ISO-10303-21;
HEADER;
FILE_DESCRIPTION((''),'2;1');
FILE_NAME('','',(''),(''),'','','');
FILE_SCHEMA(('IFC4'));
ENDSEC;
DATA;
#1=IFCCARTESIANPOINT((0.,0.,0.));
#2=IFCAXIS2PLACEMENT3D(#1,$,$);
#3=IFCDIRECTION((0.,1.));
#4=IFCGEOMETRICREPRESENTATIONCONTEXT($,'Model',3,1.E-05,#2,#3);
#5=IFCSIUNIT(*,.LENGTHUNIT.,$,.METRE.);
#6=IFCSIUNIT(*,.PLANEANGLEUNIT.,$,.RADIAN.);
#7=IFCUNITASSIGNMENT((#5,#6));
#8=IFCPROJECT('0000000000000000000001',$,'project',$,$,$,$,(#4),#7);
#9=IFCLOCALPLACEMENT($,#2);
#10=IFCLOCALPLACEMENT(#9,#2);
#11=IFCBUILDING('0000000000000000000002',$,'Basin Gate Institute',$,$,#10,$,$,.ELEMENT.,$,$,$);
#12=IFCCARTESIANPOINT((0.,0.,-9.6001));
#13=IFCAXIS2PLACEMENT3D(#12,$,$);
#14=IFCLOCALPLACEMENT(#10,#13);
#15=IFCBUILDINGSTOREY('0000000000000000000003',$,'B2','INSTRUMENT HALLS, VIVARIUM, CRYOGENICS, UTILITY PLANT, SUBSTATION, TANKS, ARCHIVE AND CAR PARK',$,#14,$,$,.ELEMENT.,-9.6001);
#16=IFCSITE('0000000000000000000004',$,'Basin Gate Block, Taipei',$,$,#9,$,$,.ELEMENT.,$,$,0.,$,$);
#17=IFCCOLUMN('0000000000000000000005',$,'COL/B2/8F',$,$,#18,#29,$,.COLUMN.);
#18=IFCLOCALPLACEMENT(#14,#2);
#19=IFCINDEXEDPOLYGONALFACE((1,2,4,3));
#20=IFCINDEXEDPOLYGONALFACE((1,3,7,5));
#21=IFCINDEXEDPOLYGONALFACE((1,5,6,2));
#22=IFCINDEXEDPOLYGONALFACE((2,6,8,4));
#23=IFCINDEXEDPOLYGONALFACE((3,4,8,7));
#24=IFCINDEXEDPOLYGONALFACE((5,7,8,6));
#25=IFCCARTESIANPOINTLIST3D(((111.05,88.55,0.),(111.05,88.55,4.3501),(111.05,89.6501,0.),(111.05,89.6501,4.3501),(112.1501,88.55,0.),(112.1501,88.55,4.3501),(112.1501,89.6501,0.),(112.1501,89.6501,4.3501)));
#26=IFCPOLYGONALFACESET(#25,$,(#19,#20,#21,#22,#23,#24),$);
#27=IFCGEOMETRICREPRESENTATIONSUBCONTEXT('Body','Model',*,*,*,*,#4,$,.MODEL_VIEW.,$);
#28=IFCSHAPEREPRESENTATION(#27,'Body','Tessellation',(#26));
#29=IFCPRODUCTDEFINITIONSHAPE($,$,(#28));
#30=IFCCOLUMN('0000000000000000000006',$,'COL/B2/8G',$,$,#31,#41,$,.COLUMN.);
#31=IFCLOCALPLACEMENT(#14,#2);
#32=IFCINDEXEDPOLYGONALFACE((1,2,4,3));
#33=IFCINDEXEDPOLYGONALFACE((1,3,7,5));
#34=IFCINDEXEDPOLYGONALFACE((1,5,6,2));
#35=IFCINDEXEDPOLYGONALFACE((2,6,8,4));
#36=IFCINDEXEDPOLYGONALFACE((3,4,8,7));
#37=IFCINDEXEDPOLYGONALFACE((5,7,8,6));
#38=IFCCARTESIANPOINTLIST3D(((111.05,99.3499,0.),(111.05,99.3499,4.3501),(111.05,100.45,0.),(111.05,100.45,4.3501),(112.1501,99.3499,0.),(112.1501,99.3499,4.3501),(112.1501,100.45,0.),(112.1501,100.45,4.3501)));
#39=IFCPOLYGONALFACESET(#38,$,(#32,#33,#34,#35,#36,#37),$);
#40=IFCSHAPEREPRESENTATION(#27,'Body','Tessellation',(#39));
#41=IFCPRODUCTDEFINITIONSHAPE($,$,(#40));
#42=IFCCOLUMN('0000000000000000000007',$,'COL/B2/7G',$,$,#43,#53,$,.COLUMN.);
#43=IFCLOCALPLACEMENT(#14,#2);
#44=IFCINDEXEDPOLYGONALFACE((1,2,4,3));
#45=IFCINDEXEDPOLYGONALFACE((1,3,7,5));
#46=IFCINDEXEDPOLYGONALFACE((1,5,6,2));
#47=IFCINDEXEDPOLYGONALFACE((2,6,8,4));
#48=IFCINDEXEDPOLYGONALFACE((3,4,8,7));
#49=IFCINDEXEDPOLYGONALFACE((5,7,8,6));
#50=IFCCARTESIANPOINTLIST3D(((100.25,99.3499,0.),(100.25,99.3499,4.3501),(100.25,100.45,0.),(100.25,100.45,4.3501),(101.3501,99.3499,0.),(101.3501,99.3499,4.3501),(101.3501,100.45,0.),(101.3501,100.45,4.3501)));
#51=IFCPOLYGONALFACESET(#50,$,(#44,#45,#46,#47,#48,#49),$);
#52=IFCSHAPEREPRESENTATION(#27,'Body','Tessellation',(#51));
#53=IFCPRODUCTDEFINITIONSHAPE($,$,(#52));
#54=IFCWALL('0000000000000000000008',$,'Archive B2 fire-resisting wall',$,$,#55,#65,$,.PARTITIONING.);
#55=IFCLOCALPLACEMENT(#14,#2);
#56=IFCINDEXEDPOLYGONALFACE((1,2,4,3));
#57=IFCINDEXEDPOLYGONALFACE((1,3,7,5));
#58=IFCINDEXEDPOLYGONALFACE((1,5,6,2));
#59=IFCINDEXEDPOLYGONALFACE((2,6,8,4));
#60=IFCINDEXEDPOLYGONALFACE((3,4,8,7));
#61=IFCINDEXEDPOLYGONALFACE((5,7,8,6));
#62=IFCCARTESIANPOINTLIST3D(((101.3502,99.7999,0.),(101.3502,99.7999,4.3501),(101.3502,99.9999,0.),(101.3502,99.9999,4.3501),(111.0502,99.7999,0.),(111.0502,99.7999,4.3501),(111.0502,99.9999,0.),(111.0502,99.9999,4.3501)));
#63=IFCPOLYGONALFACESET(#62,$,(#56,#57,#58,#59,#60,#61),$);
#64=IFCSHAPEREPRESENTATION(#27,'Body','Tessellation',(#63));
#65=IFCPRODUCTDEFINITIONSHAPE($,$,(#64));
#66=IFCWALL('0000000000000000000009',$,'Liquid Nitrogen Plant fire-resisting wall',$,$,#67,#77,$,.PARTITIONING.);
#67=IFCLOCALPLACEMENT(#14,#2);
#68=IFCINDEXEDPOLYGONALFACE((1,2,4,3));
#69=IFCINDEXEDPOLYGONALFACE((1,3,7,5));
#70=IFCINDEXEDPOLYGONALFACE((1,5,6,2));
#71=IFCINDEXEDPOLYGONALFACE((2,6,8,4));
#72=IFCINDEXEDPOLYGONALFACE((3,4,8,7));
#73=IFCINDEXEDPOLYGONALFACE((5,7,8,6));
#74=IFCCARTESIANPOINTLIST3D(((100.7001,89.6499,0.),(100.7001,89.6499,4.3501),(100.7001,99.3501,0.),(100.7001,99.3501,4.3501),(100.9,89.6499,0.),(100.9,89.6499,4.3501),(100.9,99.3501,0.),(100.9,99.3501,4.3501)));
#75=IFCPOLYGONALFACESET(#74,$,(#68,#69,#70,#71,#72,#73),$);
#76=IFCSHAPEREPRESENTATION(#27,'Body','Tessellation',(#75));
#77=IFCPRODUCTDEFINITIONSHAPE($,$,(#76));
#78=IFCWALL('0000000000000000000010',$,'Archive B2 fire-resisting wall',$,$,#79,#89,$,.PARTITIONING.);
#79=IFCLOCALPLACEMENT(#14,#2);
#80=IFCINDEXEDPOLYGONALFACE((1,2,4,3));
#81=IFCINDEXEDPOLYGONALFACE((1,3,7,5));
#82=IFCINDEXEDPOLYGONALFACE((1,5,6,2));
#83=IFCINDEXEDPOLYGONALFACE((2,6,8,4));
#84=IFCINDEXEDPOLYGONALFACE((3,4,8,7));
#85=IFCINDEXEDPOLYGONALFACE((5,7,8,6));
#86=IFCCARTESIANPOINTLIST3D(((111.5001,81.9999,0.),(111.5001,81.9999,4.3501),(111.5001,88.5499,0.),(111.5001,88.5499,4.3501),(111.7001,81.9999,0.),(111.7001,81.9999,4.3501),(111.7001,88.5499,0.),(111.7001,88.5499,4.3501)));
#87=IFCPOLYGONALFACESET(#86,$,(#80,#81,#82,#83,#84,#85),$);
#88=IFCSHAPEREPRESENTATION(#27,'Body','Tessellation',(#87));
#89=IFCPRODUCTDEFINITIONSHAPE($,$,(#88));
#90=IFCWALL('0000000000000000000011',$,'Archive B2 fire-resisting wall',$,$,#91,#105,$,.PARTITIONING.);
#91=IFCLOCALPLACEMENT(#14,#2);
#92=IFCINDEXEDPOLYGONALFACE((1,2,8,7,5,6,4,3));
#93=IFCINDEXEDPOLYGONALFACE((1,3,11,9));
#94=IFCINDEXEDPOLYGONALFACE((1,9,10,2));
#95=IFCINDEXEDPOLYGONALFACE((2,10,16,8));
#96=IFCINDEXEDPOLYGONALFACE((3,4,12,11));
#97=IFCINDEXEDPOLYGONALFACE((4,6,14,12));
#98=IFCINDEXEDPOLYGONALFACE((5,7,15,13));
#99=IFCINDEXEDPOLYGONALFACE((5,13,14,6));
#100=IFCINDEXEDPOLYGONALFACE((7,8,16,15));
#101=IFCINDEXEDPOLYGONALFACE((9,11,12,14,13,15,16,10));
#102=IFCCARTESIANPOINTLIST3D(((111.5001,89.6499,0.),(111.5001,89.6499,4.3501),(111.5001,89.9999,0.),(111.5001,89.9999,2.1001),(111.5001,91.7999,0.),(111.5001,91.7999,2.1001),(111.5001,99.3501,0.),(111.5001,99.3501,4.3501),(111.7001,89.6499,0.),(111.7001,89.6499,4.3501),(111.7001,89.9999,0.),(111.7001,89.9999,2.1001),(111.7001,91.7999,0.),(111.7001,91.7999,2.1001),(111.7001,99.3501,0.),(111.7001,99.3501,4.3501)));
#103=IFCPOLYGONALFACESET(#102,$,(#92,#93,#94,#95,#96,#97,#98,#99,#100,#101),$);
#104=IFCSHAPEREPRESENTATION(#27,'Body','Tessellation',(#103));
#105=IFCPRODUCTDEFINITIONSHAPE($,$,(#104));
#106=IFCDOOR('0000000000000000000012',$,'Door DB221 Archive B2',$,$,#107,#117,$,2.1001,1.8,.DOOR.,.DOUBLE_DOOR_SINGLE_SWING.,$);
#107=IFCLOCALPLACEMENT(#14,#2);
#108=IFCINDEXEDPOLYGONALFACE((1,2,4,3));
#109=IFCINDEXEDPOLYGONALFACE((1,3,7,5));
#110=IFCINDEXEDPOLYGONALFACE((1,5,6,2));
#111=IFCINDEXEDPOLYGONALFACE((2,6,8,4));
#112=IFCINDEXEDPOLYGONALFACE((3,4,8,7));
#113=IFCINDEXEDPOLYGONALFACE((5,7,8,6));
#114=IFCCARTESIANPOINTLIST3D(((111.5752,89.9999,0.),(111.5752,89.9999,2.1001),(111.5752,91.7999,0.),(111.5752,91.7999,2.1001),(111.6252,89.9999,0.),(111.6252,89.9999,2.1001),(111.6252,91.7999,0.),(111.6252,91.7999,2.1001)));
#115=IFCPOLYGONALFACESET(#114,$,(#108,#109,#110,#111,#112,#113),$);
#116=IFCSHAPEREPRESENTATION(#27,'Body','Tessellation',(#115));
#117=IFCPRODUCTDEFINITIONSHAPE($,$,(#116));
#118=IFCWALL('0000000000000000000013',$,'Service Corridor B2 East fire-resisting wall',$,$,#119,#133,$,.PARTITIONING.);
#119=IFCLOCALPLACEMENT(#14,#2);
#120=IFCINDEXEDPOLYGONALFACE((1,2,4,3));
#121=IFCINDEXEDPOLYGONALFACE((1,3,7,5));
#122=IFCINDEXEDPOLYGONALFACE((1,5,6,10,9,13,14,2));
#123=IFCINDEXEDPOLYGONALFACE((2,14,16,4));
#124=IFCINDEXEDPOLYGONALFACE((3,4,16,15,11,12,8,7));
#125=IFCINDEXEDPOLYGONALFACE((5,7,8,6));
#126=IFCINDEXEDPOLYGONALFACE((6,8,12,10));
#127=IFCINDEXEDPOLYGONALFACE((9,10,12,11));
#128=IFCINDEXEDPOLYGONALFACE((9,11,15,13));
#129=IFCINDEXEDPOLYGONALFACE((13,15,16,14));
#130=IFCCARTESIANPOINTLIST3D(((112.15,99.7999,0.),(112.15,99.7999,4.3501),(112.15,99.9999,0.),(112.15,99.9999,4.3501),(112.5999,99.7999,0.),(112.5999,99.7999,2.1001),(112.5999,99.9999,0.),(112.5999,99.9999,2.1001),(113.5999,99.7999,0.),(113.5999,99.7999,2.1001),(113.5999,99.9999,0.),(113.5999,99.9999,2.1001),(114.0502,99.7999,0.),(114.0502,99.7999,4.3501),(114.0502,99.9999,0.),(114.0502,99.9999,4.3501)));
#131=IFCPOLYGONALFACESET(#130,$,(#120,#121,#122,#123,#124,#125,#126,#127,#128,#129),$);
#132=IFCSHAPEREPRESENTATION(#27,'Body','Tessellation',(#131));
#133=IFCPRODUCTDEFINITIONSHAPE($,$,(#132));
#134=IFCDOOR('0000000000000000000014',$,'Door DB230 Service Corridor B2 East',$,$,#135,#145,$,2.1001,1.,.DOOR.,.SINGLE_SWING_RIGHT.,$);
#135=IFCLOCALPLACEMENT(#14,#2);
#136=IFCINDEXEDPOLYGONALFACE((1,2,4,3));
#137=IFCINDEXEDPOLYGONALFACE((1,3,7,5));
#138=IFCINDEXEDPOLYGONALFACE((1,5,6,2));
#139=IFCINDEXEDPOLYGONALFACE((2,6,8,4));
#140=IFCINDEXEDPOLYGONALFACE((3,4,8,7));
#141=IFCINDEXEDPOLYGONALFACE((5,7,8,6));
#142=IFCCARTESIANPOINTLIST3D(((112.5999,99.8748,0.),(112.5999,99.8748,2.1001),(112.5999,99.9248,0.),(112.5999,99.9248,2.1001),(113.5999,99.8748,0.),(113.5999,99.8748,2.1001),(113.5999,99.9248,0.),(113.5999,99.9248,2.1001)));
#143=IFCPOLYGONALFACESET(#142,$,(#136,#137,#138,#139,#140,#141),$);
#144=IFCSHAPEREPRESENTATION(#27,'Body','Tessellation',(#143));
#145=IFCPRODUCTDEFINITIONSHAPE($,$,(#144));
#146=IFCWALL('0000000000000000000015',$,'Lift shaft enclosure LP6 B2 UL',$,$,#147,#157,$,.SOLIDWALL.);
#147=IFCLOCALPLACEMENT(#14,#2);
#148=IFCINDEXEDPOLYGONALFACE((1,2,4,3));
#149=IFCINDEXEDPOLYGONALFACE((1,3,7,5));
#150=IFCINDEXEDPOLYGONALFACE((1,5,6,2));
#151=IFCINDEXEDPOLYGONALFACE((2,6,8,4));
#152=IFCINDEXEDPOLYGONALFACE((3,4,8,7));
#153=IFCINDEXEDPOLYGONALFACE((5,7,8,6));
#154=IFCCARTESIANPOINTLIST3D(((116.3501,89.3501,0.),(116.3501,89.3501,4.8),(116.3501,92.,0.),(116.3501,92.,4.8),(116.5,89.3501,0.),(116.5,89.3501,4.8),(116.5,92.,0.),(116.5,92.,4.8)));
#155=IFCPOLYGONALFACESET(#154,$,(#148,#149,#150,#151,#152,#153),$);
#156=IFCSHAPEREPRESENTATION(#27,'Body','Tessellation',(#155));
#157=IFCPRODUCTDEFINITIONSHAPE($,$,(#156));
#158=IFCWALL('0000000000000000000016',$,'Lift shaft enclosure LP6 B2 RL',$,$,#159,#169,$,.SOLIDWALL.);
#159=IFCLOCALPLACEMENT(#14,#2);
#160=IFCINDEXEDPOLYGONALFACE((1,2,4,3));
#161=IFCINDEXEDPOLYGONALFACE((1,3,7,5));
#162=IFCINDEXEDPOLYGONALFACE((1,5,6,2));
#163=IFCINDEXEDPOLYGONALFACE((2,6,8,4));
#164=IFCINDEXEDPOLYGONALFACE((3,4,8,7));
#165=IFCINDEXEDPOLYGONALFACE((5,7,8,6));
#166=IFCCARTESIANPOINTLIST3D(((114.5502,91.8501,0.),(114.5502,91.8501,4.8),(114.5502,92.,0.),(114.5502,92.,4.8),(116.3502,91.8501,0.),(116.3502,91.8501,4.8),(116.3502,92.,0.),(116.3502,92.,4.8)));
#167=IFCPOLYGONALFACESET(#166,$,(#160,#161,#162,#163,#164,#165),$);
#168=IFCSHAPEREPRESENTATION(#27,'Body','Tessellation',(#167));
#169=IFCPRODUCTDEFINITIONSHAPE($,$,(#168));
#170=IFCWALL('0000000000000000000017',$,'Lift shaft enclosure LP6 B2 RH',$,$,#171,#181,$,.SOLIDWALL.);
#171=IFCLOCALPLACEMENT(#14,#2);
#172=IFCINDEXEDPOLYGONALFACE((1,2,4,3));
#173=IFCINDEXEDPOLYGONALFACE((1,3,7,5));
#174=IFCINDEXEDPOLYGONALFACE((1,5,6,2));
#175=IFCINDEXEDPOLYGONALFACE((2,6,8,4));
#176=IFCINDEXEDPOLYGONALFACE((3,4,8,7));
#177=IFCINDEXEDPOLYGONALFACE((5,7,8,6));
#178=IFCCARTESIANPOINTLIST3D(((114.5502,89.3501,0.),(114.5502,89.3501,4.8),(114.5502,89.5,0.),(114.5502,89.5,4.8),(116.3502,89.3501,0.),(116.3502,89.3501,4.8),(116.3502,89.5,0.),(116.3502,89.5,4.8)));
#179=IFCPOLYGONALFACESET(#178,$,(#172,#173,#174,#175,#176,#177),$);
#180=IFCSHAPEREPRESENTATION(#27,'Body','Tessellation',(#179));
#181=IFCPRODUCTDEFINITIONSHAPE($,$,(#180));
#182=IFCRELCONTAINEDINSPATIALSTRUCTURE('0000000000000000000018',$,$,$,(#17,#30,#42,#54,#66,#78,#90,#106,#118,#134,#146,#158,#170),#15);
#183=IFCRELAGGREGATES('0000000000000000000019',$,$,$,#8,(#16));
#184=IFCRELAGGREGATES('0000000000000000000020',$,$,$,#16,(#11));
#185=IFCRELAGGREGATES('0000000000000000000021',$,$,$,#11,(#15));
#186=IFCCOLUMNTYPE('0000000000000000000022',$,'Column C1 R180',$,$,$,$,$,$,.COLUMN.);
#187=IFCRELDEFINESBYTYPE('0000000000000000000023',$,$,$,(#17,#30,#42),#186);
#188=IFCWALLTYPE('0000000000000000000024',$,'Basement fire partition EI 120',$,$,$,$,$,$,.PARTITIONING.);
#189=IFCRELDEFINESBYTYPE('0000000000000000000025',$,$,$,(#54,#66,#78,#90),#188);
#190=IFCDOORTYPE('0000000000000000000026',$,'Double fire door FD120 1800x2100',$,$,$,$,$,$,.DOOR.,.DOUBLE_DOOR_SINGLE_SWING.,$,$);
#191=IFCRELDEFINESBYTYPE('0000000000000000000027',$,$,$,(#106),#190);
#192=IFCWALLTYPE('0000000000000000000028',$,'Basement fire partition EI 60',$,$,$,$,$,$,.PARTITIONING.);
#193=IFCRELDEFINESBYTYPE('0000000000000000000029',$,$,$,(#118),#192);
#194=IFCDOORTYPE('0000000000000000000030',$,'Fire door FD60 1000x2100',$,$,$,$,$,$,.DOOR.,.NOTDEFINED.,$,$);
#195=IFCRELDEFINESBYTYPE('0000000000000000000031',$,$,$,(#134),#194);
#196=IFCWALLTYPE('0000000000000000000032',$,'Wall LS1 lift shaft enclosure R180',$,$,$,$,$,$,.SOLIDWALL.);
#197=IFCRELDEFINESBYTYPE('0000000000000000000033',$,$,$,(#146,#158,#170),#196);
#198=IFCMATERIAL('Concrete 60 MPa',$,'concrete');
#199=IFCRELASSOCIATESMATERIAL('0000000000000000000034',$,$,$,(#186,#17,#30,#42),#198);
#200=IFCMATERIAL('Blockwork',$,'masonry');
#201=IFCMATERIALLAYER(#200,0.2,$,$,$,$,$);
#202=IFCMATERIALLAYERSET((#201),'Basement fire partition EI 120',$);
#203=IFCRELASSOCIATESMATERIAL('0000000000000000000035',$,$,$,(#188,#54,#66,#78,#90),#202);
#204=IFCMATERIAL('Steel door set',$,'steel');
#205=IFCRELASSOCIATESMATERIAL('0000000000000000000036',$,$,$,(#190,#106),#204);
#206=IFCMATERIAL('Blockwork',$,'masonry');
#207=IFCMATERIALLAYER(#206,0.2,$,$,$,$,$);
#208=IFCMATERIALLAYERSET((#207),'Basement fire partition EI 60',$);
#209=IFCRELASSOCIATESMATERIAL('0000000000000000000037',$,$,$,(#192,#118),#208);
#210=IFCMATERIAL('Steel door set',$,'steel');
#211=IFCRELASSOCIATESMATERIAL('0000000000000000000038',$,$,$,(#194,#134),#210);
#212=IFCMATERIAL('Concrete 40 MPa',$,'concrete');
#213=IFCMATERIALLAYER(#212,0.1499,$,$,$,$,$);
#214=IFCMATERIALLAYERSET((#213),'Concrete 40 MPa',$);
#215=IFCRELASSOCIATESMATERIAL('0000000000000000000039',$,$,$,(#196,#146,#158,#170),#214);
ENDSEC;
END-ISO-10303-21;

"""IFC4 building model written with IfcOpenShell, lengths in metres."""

from ifc_helpers import new_model, si_unit, direction, frame, frame_2d, origin, origin_2d, place, context, subcontext, project, spatial, rectangle, extrude, material, layer, layer_set, material_profile, profile_set, type_object, element, fill, save


model = new_model("IFC4")

# Units and contexts
model_context = context("Model", 3, precision=1e-05, world=origin(), true_north=direction((0.0, 1.0)))
body_context = subcontext(model_context, "Body", "Model", "MODEL_VIEW")
ifc_project = project(units=[si_unit("LENGTHUNIT", "METRE"), si_unit("PLANEANGLEUNIT", "RADIAN")], contexts=[model_context])

# Site, building, storey
site_placement = place(None, origin())
site = spatial("IfcSite", under=ifc_project, at=site_placement, Name="Basin Gate Block, Taipei", CompositionType="ELEMENT", RefElevation=0.0)
building_placement = place(site_placement, origin())
building = spatial("IfcBuilding", under=site, at=building_placement, Name="Basin Gate Institute", CompositionType="ELEMENT")
storey_placement = place(building_placement, frame((0.0, 0.0, -9.6001)))
storey = spatial("IfcBuildingStorey", under=building, at=storey_placement, Name="B2", Description="INSTRUMENT HALLS, VIVARIUM, CRYOGENICS, UTILITY PLANT, SUBSTATION, TANKS, ARCHIVE AND CAR PARK", CompositionType="ELEMENT", Elevation=-9.6001)

# Columns
ifc_material_1 = material(Name="Concrete 60 MPa", Category="concrete")
ifc_material_profile_1 = material_profile(ifc_material_1, rectangle(XDim=1.1001, YDim=1.1001, at=origin_2d()), Name="Column C1 1100 x 1100")
ifc_profile_set_1 = profile_set([ifc_material_profile_1], Name="Concrete 60 MPa")
column_type = type_object("IfcColumnType", Name="Column C1 R180", PredefinedType="COLUMN", material=ifc_profile_set_1)
for number, where, z_axis, x_axis, name in (
    (1, (111.6001, 89.1001, 0.0), (0.0, 0.0, 1.0), (1.0, 0.0, 0.0), "COL/B2/8F"),
    (2, (111.6001, 99.8999, 0.0), (0.0, 0.0, 1.0), (1.0, 0.0, 0.0), "COL/B2/8G"),
    (3, (100.8, 99.8999, 0.0), (0.0, 0.0, 1.0), (1.0, 0.0, 0.0), "COL/B2/7G"),
):
    element("IfcColumn", number, at=place(storey_placement, frame(where, z_axis=z_axis, x_axis=x_axis)), inside=storey, type_object=column_type, material=ifc_profile_set_1, Name=name, PredefinedType="COLUMN", context=body_context, shape_type="SweptSolid", body=[
        extrude(rectangle(XDim=1.1001, YDim=1.1001, at=origin_2d()), origin(), (0.0, 0.0, 1.0), 4.3501),
    ])

# Walls
ifc_material_2 = material(Name="Blockwork", Category="masonry")
ifc_layer_1 = layer(ifc_material_2, 0.2)
ifc_layer_set_1 = layer_set([ifc_layer_1], Name="Basement fire partition EI 120")
wall_type_1 = type_object("IfcWallType", Name="Basement fire partition EI 120", PredefinedType="PARTITIONING", material=ifc_layer_set_1)
wall_1_placement = place(storey_placement, frame((101.3501, 99.8999, 0.0), z_axis=(0.0, 0.0, 1.0), x_axis=(1.0, 0.0, 0.0)))
element("IfcWall", 4, at=wall_1_placement, inside=storey, type_object=wall_type_1, material=ifc_layer_set_1, Name="Archive B2 fire-resisting wall", PredefinedType="PARTITIONING", context=body_context, shape_type="SweptSolid", body=[
    extrude(rectangle(XDim=9.7, YDim=0.2, at=frame_2d((4.8501, 0.0))), origin(), (0.0, 0.0, 1.0), 4.3501),
])
wall_2_placement = place(storey_placement, frame((100.8, 89.6499, 0.0), z_axis=(0.0, 0.0, 1.0), x_axis=(0.0, 1.0, 0.0)))
element("IfcWall", 5, at=wall_2_placement, inside=storey, type_object=wall_type_1, material=ifc_layer_set_1, Name="Liquid Nitrogen Plant fire-resisting wall", PredefinedType="PARTITIONING", context=body_context, shape_type="SweptSolid", body=[
    extrude(rectangle(XDim=9.7002, YDim=0.2, at=frame_2d((4.8501, 0.0))), origin(), (0.0, 0.0, 1.0), 4.3501),
])
wall_3_placement = place(storey_placement, frame((111.6001, 82.0, 0.0), z_axis=(0.0, 0.0, 1.0), x_axis=(0.0, 1.0, 0.0)))
element("IfcWall", 6, at=wall_3_placement, inside=storey, type_object=wall_type_1, material=ifc_layer_set_1, Name="Archive B2 fire-resisting wall", PredefinedType="PARTITIONING", context=body_context, shape_type="SweptSolid", body=[
    extrude(rectangle(XDim=6.55, YDim=0.2, at=frame_2d((3.2749, 0.0))), origin(), (0.0, 0.0, 1.0), 4.3501),
])

# Walls, openings, doors
wall_4_placement = place(storey_placement, frame((111.6001, 89.6499, 0.0), z_axis=(0.0, 0.0, 1.0), x_axis=(0.0, 1.0, 0.0)))
wall_4 = element("IfcWall", 7, at=wall_4_placement, inside=storey, type_object=wall_type_1, material=ifc_layer_set_1, Name="Archive B2 fire-resisting wall", PredefinedType="PARTITIONING", context=body_context, shape_type="SweptSolid", body=[
    extrude(rectangle(XDim=9.7002, YDim=0.2, at=frame_2d((4.8501, 0.0))), origin(), (0.0, 0.0, 1.0), 4.3501),
])
opening_1_placement = place(wall_4_placement, frame((0.3501, 0.0, 0.0)))
opening_1 = element("IfcOpeningElement", 8, at=opening_1_placement, cuts=wall_4, PredefinedType="OPENING", context=body_context, shape_type="SweptSolid", body=[
    extrude(rectangle(XDim=1.8, YDim=2.1001, at=frame_2d((0.8999, 1.05))), frame((0.0, 0.1099, 0.0), z_axis=(0.0, -1.0, 0.0), x_axis=(1.0, 0.0, 0.0)), (0.0, 0.0, 1.0), 0.22),
])
ifc_material_3 = material(Name="Steel door set", Category="steel")
door_type_1 = type_object("IfcDoorType", Name="Double fire door FD120 1800x2100", OperationType="DOUBLE_DOOR_SINGLE_SWING", PredefinedType="DOOR", material=ifc_material_3)
door_1_placement = place(opening_1_placement, origin())
door_1 = element("IfcDoor", 9, at=door_1_placement, inside=storey, type_object=door_type_1, material=ifc_material_3, Name="Door DB221 Archive B2", OperationType="DOUBLE_DOOR_SINGLE_SWING", OverallHeight=2.1001, OverallWidth=1.8, PredefinedType="DOOR", context=body_context, shape_type="SweptSolid", body=[
    extrude(rectangle(XDim=1.8, YDim=2.1001, at=frame_2d((0.8999, 1.05))), frame((0.0, 0.0249, 0.0), z_axis=(0.0, -1.0, 0.0), x_axis=(1.0, 0.0, 0.0)), (0.0, 0.0, 1.0), 0.05),
])
fill(opening_1, door_1)
ifc_material_4 = material(Name="Blockwork", Category="masonry")
ifc_layer_2 = layer(ifc_material_4, 0.2)
ifc_layer_set_2 = layer_set([ifc_layer_2], Name="Basement fire partition EI 60")
wall_type_2 = type_object("IfcWallType", Name="Basement fire partition EI 60", PredefinedType="PARTITIONING", material=ifc_layer_set_2)
wall_5_placement = place(storey_placement, frame((112.1499, 99.8999, 0.0), z_axis=(0.0, 0.0, 1.0), x_axis=(1.0, 0.0, 0.0)))
wall_5 = element("IfcWall", 10, at=wall_5_placement, inside=storey, type_object=wall_type_2, material=ifc_layer_set_2, Name="Service Corridor B2 East fire-resisting wall", PredefinedType="PARTITIONING", context=body_context, shape_type="SweptSolid", body=[
    extrude(rectangle(XDim=1.9001, YDim=0.2, at=frame_2d((0.9502, 0.0))), origin(), (0.0, 0.0, 1.0), 4.3501),
])
opening_2_placement = place(wall_5_placement, frame((0.45, 0.0, 0.0)))
opening_2 = element("IfcOpeningElement", 11, at=opening_2_placement, cuts=wall_5, PredefinedType="OPENING", context=body_context, shape_type="SweptSolid", body=[
    extrude(rectangle(XDim=1.0, YDim=2.1001, at=frame_2d((0.5, 1.05))), frame((0.0, 0.1099, 0.0), z_axis=(0.0, -1.0, 0.0), x_axis=(1.0, 0.0, 0.0)), (0.0, 0.0, 1.0), 0.22),
])
ifc_material_5 = material(Name="Steel door set", Category="steel")
door_type_2 = type_object("IfcDoorType", Name="Fire door FD60 1000x2100", OperationType="NOTDEFINED", PredefinedType="DOOR", material=ifc_material_5)
door_2_placement = place(opening_2_placement, origin())
door_2 = element("IfcDoor", 12, at=door_2_placement, inside=storey, type_object=door_type_2, material=ifc_material_5, Name="Door DB230 Service Corridor B2 East", OperationType="SINGLE_SWING_RIGHT", OverallHeight=2.1001, OverallWidth=1.0, PredefinedType="DOOR", context=body_context, shape_type="SweptSolid", body=[
    extrude(rectangle(XDim=1.0, YDim=2.1001, at=frame_2d((0.5, 1.05))), frame((0.0, 0.0249, 0.0), z_axis=(0.0, -1.0, 0.0), x_axis=(1.0, 0.0, 0.0)), (0.0, 0.0, 1.0), 0.05),
])
fill(opening_2, door_2)

# Walls
ifc_material_6 = material(Name="Concrete 40 MPa", Category="concrete")
ifc_layer_3 = layer(ifc_material_6, 0.1499)
ifc_layer_set_3 = layer_set([ifc_layer_3], Name="Concrete 40 MPa")
wall_type_3 = type_object("IfcWallType", Name="Wall LS1 lift shaft enclosure R180", PredefinedType="SOLIDWALL", material=ifc_layer_set_3)
wall_6_placement = place(storey_placement, frame((116.425, 92.0, 0.0), z_axis=(0.0, 0.0, 1.0), x_axis=(0.0, -1.0, 0.0)))
element("IfcWall", 13, at=wall_6_placement, inside=storey, type_object=wall_type_3, material=ifc_layer_set_3, Name="Lift shaft enclosure LP6 B2 UL", PredefinedType="SOLIDWALL", context=body_context, shape_type="SweptSolid", body=[
    extrude(rectangle(XDim=2.6499, YDim=0.1499, at=frame_2d((1.325, 0.0))), origin(), (0.0, 0.0, 1.0), 4.8),
])
for number, where, z_axis, x_axis, name in (
    (14, (116.3501, 91.925, 0.0), (0.0, 0.0, 1.0), (-1.0, 0.0, 0.0), "Lift shaft enclosure LP6 B2 RL"),
    (15, (116.3501, 89.425, 0.0), (0.0, 0.0, 1.0), (-1.0, 0.0, 0.0), "Lift shaft enclosure LP6 B2 RH"),
):
    element("IfcWall", number, at=place(storey_placement, frame(where, z_axis=z_axis, x_axis=x_axis)), inside=storey, type_object=wall_type_3, material=ifc_layer_set_3, Name=name, PredefinedType="SOLIDWALL", context=body_context, shape_type="SweptSolid", body=[
        extrude(rectangle(XDim=1.8, YDim=0.1499, at=frame_2d((0.8999, 0.0))), origin(), (0.0, 0.0, 1.0), 4.8),
    ])

save(model, "model.ifc")
